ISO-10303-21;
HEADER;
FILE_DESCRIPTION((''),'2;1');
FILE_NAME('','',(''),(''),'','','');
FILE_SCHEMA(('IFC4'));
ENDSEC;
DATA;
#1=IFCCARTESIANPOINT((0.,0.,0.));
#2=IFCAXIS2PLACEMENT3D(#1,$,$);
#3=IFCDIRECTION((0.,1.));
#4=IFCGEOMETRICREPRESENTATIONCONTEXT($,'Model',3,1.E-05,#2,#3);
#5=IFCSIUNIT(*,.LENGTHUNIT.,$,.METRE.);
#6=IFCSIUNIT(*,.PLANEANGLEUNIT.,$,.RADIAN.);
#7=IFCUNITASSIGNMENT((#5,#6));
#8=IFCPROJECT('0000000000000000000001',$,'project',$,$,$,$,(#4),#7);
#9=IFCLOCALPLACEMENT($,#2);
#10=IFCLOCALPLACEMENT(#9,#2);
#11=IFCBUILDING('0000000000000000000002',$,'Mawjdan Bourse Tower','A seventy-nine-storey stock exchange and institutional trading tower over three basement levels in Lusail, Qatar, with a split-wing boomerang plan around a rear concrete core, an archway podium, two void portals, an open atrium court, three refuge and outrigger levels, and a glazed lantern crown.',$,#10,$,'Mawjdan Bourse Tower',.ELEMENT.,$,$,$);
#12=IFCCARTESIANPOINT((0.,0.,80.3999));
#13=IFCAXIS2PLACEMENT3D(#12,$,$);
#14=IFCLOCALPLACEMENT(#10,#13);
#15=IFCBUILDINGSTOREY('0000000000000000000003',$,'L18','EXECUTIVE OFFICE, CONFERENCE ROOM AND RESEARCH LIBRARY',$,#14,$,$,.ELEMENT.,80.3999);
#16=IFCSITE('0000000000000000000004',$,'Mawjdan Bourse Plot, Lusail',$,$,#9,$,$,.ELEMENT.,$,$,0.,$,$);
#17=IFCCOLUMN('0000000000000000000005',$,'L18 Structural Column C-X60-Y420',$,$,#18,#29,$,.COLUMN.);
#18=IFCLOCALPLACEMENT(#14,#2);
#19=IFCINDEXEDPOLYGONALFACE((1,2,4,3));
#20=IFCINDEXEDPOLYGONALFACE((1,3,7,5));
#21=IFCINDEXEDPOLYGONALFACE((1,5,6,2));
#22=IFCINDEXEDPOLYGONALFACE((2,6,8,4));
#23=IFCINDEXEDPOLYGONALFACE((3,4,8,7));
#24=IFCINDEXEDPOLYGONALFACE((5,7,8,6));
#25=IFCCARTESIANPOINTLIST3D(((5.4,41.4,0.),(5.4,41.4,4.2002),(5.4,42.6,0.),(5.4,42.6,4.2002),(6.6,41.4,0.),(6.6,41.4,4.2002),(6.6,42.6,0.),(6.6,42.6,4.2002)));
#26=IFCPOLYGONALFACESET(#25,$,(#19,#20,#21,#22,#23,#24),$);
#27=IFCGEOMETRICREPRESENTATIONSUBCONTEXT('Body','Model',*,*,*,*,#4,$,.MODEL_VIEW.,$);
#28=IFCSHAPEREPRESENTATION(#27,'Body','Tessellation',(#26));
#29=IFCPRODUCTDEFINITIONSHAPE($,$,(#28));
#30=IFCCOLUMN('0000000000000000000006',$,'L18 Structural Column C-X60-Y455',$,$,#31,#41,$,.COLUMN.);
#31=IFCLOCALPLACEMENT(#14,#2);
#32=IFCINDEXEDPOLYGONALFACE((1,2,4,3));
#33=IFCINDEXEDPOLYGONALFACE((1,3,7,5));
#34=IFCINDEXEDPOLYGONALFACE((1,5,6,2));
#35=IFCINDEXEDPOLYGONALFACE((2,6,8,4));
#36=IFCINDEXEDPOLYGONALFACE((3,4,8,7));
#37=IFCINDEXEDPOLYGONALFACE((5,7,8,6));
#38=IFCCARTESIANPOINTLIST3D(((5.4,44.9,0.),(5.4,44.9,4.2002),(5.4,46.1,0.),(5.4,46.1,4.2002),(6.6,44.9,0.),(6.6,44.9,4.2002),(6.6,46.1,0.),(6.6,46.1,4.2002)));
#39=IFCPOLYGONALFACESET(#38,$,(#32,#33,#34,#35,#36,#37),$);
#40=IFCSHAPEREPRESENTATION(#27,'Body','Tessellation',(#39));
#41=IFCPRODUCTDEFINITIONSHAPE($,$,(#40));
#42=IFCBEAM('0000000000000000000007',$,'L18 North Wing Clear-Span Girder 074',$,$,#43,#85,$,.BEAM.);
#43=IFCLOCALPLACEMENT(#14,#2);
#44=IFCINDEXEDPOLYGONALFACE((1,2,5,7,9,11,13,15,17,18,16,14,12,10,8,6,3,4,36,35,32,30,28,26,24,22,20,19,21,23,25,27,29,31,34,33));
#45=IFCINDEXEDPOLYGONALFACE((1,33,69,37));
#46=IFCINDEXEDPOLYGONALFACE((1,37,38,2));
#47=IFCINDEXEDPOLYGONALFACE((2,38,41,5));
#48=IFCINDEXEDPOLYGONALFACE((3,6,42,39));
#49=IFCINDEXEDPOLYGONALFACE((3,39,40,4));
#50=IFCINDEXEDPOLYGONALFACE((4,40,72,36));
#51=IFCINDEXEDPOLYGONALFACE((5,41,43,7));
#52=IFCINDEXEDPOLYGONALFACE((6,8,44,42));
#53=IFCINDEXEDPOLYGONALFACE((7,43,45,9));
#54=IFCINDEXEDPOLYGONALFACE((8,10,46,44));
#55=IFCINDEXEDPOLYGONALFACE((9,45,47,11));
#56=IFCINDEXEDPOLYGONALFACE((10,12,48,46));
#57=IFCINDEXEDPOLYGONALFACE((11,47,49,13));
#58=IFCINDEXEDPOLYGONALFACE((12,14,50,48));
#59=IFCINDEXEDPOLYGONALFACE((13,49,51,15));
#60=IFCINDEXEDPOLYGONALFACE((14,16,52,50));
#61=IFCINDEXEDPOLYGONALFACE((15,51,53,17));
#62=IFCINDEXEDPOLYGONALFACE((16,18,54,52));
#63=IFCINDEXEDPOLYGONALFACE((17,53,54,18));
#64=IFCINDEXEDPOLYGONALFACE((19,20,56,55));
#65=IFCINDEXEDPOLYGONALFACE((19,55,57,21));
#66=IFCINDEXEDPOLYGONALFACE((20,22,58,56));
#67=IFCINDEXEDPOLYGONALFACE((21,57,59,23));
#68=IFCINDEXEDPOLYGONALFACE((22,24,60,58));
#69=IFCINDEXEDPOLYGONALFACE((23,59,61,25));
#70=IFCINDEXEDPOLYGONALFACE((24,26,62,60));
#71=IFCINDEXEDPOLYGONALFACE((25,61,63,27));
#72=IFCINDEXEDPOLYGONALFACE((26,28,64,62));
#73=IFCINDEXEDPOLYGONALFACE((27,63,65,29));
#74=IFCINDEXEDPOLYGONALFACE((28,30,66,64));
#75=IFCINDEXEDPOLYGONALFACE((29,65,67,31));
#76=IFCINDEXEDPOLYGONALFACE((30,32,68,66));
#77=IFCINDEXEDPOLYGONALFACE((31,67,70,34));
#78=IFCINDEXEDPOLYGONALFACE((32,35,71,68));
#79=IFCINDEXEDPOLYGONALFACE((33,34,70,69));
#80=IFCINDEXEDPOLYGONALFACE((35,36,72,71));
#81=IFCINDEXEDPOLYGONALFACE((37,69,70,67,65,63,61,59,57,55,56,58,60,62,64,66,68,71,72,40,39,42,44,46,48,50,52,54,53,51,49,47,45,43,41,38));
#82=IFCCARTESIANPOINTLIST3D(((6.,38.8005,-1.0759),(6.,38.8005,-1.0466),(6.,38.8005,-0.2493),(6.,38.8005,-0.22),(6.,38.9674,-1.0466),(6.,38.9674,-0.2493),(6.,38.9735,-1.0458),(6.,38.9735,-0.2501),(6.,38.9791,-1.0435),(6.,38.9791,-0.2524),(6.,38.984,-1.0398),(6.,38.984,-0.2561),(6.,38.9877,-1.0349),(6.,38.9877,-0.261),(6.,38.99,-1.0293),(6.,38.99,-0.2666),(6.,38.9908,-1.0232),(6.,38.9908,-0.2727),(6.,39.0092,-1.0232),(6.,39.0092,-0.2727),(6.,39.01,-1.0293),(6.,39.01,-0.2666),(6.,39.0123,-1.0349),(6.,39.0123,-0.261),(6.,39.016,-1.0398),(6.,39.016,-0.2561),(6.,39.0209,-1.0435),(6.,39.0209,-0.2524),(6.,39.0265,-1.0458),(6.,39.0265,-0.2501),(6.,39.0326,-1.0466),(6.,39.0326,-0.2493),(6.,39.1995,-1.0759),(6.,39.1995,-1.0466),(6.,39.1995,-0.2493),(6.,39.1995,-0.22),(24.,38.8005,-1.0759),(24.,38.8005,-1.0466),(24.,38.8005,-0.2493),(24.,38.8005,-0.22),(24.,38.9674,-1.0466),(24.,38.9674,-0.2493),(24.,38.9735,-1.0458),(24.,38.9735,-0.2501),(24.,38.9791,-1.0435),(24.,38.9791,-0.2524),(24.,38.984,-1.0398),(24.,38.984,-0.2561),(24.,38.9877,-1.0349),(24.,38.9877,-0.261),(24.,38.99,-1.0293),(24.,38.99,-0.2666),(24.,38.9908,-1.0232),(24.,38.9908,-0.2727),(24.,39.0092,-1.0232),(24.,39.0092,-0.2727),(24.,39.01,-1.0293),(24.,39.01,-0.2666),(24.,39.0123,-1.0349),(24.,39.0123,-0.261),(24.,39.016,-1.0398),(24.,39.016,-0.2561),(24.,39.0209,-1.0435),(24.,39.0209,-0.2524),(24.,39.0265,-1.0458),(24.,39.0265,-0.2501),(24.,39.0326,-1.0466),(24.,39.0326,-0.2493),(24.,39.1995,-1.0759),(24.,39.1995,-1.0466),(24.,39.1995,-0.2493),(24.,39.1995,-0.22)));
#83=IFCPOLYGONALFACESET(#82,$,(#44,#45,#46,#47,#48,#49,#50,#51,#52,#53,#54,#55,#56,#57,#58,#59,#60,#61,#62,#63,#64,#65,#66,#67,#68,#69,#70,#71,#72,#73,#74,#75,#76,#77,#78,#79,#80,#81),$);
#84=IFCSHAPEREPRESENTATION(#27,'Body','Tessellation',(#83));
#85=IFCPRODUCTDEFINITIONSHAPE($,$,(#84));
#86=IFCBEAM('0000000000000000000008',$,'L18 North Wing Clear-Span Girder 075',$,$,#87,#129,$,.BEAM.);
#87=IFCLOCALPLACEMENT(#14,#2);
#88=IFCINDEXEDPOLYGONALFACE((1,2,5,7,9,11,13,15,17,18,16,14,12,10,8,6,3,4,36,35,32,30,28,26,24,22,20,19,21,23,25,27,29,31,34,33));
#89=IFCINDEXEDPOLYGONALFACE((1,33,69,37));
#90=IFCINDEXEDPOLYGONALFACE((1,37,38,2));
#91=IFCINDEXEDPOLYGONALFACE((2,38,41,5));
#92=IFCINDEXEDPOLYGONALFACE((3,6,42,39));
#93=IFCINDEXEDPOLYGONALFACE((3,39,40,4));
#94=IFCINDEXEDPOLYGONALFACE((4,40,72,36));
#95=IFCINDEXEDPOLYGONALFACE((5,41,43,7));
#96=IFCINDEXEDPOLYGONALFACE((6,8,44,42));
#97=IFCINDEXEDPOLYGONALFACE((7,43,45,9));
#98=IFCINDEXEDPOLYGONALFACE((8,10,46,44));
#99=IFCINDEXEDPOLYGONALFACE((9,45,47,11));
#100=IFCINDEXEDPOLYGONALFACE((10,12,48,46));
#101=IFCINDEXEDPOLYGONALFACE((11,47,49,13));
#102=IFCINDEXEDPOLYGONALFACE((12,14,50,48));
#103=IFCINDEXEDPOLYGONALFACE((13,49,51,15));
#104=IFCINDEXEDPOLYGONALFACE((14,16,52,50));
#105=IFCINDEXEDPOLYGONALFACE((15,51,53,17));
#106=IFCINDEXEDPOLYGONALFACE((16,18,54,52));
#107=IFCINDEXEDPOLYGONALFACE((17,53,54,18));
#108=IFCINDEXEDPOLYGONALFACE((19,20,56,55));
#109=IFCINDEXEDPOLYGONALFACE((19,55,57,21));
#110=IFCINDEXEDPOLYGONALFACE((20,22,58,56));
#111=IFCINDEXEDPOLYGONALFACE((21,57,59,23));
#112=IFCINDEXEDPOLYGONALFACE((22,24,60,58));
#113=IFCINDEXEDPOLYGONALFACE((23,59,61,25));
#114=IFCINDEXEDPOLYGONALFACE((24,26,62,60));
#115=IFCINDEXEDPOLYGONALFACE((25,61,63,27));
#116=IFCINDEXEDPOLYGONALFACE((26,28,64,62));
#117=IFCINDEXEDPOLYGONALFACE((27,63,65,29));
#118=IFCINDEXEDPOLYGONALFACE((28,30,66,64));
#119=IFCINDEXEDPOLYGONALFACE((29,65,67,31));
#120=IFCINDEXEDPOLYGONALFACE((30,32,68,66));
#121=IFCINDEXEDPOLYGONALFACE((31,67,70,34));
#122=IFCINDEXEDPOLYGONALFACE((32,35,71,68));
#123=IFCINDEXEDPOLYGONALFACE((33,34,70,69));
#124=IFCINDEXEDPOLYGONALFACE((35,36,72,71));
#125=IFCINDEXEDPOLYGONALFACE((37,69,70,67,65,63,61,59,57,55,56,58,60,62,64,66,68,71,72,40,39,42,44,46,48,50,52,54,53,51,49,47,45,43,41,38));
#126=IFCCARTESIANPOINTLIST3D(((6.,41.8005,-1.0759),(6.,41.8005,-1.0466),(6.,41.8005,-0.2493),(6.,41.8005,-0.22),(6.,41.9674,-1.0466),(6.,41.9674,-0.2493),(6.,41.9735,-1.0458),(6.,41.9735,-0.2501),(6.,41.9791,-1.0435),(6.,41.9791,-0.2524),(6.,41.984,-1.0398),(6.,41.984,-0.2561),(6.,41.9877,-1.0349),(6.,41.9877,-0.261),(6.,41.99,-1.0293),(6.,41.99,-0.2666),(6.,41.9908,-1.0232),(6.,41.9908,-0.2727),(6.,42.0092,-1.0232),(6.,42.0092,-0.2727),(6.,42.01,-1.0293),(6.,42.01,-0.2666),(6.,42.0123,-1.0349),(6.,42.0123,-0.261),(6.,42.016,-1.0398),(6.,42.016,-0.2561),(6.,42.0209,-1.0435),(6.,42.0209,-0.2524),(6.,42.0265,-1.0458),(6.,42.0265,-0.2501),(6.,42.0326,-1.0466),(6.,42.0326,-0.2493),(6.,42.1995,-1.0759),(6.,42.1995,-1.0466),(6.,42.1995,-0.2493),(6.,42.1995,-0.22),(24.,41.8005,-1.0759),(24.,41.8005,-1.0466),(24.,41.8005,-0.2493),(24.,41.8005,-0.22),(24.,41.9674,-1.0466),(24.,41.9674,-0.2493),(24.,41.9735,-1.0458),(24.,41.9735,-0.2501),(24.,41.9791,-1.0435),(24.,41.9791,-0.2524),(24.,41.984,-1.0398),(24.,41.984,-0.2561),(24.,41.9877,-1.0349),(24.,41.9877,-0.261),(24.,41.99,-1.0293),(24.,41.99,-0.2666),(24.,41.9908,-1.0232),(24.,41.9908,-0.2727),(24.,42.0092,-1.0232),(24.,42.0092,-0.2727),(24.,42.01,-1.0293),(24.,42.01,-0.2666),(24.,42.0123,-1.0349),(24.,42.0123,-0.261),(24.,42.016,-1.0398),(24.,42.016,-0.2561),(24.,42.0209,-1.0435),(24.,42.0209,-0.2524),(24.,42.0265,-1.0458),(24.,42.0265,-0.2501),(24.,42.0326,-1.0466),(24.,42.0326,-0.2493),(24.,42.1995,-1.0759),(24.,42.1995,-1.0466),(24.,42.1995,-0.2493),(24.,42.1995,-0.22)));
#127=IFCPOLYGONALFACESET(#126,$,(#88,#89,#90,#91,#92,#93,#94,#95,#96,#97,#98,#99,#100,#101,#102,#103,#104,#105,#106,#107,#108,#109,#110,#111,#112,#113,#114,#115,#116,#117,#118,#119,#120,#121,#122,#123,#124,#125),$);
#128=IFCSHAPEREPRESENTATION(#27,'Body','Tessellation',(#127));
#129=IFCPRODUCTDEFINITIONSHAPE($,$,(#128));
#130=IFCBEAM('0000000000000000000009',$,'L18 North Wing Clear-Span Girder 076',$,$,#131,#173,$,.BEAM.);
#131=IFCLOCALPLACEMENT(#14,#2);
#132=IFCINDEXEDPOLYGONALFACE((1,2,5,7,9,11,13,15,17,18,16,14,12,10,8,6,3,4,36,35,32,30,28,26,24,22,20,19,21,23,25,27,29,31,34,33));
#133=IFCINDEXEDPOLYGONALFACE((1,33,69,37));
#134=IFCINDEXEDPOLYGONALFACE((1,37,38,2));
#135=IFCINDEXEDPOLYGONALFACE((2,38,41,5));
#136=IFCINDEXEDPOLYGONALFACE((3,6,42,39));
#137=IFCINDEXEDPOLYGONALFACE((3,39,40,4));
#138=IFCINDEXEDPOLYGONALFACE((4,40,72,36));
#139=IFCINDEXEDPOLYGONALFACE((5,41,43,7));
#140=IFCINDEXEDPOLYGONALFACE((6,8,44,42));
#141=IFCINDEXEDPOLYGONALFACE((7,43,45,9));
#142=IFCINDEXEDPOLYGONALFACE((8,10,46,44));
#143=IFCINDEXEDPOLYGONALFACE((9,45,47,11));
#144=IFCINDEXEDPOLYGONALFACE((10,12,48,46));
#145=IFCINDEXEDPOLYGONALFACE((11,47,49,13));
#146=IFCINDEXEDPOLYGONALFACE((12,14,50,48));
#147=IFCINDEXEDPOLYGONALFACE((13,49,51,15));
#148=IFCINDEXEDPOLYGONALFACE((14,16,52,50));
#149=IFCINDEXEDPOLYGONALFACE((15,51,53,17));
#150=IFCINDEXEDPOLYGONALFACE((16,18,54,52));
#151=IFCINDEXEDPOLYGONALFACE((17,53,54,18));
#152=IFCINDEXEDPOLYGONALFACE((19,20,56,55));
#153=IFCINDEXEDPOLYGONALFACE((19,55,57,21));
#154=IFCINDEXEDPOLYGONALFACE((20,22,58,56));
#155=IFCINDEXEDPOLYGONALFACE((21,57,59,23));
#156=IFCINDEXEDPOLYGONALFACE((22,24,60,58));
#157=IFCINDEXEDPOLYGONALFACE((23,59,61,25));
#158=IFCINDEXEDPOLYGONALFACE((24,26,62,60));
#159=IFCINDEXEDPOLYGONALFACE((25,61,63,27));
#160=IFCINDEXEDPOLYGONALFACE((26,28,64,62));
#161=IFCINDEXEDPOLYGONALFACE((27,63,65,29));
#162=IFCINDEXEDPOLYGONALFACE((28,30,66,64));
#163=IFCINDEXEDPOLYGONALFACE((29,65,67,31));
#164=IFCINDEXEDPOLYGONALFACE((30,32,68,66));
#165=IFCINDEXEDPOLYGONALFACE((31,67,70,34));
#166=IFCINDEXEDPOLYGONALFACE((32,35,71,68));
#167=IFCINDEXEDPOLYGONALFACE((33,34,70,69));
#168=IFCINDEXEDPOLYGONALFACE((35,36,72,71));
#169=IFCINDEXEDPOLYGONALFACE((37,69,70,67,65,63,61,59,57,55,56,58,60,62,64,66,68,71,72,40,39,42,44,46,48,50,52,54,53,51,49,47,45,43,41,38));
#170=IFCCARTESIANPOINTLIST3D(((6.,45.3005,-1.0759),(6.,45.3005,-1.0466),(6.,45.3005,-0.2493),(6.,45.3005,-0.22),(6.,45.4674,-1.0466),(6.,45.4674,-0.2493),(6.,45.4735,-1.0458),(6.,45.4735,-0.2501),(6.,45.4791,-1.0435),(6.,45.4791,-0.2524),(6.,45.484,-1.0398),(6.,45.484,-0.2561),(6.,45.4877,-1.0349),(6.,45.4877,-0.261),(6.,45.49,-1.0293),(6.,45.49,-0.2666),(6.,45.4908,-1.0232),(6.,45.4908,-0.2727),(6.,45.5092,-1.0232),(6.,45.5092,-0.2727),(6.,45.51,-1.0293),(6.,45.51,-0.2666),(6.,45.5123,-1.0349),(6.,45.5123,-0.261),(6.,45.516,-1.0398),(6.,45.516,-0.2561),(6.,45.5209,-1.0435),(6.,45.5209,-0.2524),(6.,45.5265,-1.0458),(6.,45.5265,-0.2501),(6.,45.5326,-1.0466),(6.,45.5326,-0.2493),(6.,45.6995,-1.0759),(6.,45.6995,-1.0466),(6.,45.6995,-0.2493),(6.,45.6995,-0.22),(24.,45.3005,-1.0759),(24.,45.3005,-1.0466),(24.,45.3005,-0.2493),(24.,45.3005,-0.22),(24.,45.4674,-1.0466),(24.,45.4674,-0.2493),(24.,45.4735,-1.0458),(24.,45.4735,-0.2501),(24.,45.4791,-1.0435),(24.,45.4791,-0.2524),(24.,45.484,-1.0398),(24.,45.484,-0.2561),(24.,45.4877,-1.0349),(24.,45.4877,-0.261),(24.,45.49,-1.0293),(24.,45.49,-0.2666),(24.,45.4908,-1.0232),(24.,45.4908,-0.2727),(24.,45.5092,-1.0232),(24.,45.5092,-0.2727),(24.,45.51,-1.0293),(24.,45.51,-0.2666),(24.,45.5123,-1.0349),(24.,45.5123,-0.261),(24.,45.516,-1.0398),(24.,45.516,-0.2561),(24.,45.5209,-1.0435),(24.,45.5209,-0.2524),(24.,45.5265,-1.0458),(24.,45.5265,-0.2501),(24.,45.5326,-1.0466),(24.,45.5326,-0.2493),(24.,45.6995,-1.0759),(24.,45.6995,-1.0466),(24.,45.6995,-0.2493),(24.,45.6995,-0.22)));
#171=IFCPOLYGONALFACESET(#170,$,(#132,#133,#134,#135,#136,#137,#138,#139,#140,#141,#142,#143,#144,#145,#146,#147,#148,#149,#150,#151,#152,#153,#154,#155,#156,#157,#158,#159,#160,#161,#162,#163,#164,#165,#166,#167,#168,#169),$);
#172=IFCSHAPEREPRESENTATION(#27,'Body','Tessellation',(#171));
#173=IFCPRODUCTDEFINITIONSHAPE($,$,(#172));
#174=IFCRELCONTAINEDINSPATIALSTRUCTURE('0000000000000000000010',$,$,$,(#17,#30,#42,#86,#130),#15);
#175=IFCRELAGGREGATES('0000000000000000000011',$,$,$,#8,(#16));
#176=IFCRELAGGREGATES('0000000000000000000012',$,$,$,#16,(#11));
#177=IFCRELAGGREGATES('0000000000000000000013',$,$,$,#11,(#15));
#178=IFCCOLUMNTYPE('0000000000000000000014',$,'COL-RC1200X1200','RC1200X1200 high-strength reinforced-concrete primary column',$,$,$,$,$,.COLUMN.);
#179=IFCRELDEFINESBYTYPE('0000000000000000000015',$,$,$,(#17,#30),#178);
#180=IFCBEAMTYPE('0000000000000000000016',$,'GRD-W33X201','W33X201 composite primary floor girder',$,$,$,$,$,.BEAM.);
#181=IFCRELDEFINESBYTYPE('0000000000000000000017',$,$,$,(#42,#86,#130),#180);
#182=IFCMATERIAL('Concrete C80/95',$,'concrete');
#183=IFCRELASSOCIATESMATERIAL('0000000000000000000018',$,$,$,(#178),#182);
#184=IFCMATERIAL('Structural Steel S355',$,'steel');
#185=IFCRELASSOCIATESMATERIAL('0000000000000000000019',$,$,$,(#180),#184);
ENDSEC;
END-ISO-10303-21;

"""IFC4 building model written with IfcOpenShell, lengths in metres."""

from ifc_helpers import new_model, si_unit, direction, frame, origin, origin_2d, place, context, subcontext, project, spatial, rectangle, i_section, extrude, material, material_profile, profile_set, type_object, element, save


model = new_model("IFC4")

# Units and contexts
model_context = context("Model", 3, precision=1e-05, world=origin(), true_north=direction((0.0, 1.0)))
body_context = subcontext(model_context, "Body", "Model", "MODEL_VIEW")
ifc_project = project(units=[si_unit("LENGTHUNIT", "METRE"), si_unit("PLANEANGLEUNIT", "RADIAN")], contexts=[model_context])

# Site, building, storey
site_placement = place(None, origin())
site = spatial("IfcSite", under=ifc_project, at=site_placement, Name="Mawjdan Bourse Plot, Lusail", CompositionType="ELEMENT", RefElevation=0.0)
building_placement = place(site_placement, origin())
building = spatial("IfcBuilding", under=site, at=building_placement, Name="Mawjdan Bourse Tower", Description="A seventy-nine-storey stock exchange and institutional trading tower over three basement levels in Lusail, Qatar, with a split-wing boomerang plan around a rear concrete core, an archway podium, two void portals, an open atrium court, three refuge and outrigger levels, and a glazed lantern crown.", LongName="Mawjdan Bourse Tower", CompositionType="ELEMENT")
storey_placement = place(building_placement, frame((0.0, 0.0, 80.3999)))
storey = spatial("IfcBuildingStorey", under=building, at=storey_placement, Name="L18", Description="EXECUTIVE OFFICE, CONFERENCE ROOM AND RESEARCH LIBRARY", CompositionType="ELEMENT", Elevation=80.3999)

# Columns
ifc_material_1 = material(Name="Concrete C80/95", Category="concrete")
ifc_material_profile_1 = material_profile(ifc_material_1, rectangle(XDim=1.2, YDim=1.2, at=origin_2d()), Name="RC1200X1200")
ifc_profile_set_1 = profile_set([ifc_material_profile_1], Name="Concrete C80/95")
column_type = type_object("IfcColumnType", Name="COL-RC1200X1200", Description="RC1200X1200 high-strength reinforced-concrete primary column", PredefinedType="COLUMN", material=ifc_profile_set_1)
for number, where, z_axis, x_axis, name in (
    (1, (6.0, 42.0, 0.0), (0.0, 0.0, 1.0), (1.0, 0.0, 0.0), "L18 Structural Column C-X60-Y420"),
    (2, (6.0, 45.5, 0.0), (0.0, 0.0, 1.0), (1.0, 0.0, 0.0), "L18 Structural Column C-X60-Y455"),
):
    element("IfcColumn", number, at=place(storey_placement, frame(where, z_axis=z_axis, x_axis=x_axis)), inside=storey, type_object=column_type, Name=name, PredefinedType="COLUMN", context=body_context, shape_type="SweptSolid", body=[
        extrude(rectangle(XDim=1.2, YDim=1.2, at=origin_2d()), origin(), (0.0, 0.0, 1.0), 4.2002),
    ])

# Beams
ifc_material_2 = material(Name="Structural Steel S355", Category="steel")
ifc_material_profile_2 = material_profile(ifc_material_2, i_section(OverallWidth=0.3989, OverallDepth=0.856, WebThickness=0.0183, FlangeThickness=0.0293, FilletRadius=0.0234, at=origin_2d()), Name="W33X201")
ifc_profile_set_2 = profile_set([ifc_material_profile_2], Name="Structural Steel S355")
beam_type_1 = type_object("IfcBeamType", Name="GRD-W33X201", Description="W33X201 composite primary floor girder", PredefinedType="BEAM", material=ifc_profile_set_2)
for number, where, z_axis, x_axis, name in (
    (3, (6.0, 39.0, -0.6479), (1.0, 0.0, 0.0), (0.0, 1.0, 0.0), "L18 North Wing Clear-Span Girder 074"),
    (4, (6.0, 42.0, -0.6479), (1.0, 0.0, 0.0), (0.0, 1.0, 0.0), "L18 North Wing Clear-Span Girder 075"),
    (5, (6.0, 45.5, -0.6479), (1.0, 0.0, 0.0), (0.0, 1.0, 0.0), "L18 North Wing Clear-Span Girder 076"),
):
    element("IfcBeam", number, at=place(storey_placement, frame(where, z_axis=z_axis, x_axis=x_axis)), inside=storey, type_object=beam_type_1, Name=name, PredefinedType="BEAM", context=body_context, shape_type="SweptSolid", body=[
        extrude(i_section(OverallWidth=0.3989, OverallDepth=0.856, WebThickness=0.0183, FlangeThickness=0.0293, FilletRadius=0.0234, at=origin_2d()), origin(), (0.0, 0.0, 1.0), 18.0),
    ])

save(model, "model.ifc")
